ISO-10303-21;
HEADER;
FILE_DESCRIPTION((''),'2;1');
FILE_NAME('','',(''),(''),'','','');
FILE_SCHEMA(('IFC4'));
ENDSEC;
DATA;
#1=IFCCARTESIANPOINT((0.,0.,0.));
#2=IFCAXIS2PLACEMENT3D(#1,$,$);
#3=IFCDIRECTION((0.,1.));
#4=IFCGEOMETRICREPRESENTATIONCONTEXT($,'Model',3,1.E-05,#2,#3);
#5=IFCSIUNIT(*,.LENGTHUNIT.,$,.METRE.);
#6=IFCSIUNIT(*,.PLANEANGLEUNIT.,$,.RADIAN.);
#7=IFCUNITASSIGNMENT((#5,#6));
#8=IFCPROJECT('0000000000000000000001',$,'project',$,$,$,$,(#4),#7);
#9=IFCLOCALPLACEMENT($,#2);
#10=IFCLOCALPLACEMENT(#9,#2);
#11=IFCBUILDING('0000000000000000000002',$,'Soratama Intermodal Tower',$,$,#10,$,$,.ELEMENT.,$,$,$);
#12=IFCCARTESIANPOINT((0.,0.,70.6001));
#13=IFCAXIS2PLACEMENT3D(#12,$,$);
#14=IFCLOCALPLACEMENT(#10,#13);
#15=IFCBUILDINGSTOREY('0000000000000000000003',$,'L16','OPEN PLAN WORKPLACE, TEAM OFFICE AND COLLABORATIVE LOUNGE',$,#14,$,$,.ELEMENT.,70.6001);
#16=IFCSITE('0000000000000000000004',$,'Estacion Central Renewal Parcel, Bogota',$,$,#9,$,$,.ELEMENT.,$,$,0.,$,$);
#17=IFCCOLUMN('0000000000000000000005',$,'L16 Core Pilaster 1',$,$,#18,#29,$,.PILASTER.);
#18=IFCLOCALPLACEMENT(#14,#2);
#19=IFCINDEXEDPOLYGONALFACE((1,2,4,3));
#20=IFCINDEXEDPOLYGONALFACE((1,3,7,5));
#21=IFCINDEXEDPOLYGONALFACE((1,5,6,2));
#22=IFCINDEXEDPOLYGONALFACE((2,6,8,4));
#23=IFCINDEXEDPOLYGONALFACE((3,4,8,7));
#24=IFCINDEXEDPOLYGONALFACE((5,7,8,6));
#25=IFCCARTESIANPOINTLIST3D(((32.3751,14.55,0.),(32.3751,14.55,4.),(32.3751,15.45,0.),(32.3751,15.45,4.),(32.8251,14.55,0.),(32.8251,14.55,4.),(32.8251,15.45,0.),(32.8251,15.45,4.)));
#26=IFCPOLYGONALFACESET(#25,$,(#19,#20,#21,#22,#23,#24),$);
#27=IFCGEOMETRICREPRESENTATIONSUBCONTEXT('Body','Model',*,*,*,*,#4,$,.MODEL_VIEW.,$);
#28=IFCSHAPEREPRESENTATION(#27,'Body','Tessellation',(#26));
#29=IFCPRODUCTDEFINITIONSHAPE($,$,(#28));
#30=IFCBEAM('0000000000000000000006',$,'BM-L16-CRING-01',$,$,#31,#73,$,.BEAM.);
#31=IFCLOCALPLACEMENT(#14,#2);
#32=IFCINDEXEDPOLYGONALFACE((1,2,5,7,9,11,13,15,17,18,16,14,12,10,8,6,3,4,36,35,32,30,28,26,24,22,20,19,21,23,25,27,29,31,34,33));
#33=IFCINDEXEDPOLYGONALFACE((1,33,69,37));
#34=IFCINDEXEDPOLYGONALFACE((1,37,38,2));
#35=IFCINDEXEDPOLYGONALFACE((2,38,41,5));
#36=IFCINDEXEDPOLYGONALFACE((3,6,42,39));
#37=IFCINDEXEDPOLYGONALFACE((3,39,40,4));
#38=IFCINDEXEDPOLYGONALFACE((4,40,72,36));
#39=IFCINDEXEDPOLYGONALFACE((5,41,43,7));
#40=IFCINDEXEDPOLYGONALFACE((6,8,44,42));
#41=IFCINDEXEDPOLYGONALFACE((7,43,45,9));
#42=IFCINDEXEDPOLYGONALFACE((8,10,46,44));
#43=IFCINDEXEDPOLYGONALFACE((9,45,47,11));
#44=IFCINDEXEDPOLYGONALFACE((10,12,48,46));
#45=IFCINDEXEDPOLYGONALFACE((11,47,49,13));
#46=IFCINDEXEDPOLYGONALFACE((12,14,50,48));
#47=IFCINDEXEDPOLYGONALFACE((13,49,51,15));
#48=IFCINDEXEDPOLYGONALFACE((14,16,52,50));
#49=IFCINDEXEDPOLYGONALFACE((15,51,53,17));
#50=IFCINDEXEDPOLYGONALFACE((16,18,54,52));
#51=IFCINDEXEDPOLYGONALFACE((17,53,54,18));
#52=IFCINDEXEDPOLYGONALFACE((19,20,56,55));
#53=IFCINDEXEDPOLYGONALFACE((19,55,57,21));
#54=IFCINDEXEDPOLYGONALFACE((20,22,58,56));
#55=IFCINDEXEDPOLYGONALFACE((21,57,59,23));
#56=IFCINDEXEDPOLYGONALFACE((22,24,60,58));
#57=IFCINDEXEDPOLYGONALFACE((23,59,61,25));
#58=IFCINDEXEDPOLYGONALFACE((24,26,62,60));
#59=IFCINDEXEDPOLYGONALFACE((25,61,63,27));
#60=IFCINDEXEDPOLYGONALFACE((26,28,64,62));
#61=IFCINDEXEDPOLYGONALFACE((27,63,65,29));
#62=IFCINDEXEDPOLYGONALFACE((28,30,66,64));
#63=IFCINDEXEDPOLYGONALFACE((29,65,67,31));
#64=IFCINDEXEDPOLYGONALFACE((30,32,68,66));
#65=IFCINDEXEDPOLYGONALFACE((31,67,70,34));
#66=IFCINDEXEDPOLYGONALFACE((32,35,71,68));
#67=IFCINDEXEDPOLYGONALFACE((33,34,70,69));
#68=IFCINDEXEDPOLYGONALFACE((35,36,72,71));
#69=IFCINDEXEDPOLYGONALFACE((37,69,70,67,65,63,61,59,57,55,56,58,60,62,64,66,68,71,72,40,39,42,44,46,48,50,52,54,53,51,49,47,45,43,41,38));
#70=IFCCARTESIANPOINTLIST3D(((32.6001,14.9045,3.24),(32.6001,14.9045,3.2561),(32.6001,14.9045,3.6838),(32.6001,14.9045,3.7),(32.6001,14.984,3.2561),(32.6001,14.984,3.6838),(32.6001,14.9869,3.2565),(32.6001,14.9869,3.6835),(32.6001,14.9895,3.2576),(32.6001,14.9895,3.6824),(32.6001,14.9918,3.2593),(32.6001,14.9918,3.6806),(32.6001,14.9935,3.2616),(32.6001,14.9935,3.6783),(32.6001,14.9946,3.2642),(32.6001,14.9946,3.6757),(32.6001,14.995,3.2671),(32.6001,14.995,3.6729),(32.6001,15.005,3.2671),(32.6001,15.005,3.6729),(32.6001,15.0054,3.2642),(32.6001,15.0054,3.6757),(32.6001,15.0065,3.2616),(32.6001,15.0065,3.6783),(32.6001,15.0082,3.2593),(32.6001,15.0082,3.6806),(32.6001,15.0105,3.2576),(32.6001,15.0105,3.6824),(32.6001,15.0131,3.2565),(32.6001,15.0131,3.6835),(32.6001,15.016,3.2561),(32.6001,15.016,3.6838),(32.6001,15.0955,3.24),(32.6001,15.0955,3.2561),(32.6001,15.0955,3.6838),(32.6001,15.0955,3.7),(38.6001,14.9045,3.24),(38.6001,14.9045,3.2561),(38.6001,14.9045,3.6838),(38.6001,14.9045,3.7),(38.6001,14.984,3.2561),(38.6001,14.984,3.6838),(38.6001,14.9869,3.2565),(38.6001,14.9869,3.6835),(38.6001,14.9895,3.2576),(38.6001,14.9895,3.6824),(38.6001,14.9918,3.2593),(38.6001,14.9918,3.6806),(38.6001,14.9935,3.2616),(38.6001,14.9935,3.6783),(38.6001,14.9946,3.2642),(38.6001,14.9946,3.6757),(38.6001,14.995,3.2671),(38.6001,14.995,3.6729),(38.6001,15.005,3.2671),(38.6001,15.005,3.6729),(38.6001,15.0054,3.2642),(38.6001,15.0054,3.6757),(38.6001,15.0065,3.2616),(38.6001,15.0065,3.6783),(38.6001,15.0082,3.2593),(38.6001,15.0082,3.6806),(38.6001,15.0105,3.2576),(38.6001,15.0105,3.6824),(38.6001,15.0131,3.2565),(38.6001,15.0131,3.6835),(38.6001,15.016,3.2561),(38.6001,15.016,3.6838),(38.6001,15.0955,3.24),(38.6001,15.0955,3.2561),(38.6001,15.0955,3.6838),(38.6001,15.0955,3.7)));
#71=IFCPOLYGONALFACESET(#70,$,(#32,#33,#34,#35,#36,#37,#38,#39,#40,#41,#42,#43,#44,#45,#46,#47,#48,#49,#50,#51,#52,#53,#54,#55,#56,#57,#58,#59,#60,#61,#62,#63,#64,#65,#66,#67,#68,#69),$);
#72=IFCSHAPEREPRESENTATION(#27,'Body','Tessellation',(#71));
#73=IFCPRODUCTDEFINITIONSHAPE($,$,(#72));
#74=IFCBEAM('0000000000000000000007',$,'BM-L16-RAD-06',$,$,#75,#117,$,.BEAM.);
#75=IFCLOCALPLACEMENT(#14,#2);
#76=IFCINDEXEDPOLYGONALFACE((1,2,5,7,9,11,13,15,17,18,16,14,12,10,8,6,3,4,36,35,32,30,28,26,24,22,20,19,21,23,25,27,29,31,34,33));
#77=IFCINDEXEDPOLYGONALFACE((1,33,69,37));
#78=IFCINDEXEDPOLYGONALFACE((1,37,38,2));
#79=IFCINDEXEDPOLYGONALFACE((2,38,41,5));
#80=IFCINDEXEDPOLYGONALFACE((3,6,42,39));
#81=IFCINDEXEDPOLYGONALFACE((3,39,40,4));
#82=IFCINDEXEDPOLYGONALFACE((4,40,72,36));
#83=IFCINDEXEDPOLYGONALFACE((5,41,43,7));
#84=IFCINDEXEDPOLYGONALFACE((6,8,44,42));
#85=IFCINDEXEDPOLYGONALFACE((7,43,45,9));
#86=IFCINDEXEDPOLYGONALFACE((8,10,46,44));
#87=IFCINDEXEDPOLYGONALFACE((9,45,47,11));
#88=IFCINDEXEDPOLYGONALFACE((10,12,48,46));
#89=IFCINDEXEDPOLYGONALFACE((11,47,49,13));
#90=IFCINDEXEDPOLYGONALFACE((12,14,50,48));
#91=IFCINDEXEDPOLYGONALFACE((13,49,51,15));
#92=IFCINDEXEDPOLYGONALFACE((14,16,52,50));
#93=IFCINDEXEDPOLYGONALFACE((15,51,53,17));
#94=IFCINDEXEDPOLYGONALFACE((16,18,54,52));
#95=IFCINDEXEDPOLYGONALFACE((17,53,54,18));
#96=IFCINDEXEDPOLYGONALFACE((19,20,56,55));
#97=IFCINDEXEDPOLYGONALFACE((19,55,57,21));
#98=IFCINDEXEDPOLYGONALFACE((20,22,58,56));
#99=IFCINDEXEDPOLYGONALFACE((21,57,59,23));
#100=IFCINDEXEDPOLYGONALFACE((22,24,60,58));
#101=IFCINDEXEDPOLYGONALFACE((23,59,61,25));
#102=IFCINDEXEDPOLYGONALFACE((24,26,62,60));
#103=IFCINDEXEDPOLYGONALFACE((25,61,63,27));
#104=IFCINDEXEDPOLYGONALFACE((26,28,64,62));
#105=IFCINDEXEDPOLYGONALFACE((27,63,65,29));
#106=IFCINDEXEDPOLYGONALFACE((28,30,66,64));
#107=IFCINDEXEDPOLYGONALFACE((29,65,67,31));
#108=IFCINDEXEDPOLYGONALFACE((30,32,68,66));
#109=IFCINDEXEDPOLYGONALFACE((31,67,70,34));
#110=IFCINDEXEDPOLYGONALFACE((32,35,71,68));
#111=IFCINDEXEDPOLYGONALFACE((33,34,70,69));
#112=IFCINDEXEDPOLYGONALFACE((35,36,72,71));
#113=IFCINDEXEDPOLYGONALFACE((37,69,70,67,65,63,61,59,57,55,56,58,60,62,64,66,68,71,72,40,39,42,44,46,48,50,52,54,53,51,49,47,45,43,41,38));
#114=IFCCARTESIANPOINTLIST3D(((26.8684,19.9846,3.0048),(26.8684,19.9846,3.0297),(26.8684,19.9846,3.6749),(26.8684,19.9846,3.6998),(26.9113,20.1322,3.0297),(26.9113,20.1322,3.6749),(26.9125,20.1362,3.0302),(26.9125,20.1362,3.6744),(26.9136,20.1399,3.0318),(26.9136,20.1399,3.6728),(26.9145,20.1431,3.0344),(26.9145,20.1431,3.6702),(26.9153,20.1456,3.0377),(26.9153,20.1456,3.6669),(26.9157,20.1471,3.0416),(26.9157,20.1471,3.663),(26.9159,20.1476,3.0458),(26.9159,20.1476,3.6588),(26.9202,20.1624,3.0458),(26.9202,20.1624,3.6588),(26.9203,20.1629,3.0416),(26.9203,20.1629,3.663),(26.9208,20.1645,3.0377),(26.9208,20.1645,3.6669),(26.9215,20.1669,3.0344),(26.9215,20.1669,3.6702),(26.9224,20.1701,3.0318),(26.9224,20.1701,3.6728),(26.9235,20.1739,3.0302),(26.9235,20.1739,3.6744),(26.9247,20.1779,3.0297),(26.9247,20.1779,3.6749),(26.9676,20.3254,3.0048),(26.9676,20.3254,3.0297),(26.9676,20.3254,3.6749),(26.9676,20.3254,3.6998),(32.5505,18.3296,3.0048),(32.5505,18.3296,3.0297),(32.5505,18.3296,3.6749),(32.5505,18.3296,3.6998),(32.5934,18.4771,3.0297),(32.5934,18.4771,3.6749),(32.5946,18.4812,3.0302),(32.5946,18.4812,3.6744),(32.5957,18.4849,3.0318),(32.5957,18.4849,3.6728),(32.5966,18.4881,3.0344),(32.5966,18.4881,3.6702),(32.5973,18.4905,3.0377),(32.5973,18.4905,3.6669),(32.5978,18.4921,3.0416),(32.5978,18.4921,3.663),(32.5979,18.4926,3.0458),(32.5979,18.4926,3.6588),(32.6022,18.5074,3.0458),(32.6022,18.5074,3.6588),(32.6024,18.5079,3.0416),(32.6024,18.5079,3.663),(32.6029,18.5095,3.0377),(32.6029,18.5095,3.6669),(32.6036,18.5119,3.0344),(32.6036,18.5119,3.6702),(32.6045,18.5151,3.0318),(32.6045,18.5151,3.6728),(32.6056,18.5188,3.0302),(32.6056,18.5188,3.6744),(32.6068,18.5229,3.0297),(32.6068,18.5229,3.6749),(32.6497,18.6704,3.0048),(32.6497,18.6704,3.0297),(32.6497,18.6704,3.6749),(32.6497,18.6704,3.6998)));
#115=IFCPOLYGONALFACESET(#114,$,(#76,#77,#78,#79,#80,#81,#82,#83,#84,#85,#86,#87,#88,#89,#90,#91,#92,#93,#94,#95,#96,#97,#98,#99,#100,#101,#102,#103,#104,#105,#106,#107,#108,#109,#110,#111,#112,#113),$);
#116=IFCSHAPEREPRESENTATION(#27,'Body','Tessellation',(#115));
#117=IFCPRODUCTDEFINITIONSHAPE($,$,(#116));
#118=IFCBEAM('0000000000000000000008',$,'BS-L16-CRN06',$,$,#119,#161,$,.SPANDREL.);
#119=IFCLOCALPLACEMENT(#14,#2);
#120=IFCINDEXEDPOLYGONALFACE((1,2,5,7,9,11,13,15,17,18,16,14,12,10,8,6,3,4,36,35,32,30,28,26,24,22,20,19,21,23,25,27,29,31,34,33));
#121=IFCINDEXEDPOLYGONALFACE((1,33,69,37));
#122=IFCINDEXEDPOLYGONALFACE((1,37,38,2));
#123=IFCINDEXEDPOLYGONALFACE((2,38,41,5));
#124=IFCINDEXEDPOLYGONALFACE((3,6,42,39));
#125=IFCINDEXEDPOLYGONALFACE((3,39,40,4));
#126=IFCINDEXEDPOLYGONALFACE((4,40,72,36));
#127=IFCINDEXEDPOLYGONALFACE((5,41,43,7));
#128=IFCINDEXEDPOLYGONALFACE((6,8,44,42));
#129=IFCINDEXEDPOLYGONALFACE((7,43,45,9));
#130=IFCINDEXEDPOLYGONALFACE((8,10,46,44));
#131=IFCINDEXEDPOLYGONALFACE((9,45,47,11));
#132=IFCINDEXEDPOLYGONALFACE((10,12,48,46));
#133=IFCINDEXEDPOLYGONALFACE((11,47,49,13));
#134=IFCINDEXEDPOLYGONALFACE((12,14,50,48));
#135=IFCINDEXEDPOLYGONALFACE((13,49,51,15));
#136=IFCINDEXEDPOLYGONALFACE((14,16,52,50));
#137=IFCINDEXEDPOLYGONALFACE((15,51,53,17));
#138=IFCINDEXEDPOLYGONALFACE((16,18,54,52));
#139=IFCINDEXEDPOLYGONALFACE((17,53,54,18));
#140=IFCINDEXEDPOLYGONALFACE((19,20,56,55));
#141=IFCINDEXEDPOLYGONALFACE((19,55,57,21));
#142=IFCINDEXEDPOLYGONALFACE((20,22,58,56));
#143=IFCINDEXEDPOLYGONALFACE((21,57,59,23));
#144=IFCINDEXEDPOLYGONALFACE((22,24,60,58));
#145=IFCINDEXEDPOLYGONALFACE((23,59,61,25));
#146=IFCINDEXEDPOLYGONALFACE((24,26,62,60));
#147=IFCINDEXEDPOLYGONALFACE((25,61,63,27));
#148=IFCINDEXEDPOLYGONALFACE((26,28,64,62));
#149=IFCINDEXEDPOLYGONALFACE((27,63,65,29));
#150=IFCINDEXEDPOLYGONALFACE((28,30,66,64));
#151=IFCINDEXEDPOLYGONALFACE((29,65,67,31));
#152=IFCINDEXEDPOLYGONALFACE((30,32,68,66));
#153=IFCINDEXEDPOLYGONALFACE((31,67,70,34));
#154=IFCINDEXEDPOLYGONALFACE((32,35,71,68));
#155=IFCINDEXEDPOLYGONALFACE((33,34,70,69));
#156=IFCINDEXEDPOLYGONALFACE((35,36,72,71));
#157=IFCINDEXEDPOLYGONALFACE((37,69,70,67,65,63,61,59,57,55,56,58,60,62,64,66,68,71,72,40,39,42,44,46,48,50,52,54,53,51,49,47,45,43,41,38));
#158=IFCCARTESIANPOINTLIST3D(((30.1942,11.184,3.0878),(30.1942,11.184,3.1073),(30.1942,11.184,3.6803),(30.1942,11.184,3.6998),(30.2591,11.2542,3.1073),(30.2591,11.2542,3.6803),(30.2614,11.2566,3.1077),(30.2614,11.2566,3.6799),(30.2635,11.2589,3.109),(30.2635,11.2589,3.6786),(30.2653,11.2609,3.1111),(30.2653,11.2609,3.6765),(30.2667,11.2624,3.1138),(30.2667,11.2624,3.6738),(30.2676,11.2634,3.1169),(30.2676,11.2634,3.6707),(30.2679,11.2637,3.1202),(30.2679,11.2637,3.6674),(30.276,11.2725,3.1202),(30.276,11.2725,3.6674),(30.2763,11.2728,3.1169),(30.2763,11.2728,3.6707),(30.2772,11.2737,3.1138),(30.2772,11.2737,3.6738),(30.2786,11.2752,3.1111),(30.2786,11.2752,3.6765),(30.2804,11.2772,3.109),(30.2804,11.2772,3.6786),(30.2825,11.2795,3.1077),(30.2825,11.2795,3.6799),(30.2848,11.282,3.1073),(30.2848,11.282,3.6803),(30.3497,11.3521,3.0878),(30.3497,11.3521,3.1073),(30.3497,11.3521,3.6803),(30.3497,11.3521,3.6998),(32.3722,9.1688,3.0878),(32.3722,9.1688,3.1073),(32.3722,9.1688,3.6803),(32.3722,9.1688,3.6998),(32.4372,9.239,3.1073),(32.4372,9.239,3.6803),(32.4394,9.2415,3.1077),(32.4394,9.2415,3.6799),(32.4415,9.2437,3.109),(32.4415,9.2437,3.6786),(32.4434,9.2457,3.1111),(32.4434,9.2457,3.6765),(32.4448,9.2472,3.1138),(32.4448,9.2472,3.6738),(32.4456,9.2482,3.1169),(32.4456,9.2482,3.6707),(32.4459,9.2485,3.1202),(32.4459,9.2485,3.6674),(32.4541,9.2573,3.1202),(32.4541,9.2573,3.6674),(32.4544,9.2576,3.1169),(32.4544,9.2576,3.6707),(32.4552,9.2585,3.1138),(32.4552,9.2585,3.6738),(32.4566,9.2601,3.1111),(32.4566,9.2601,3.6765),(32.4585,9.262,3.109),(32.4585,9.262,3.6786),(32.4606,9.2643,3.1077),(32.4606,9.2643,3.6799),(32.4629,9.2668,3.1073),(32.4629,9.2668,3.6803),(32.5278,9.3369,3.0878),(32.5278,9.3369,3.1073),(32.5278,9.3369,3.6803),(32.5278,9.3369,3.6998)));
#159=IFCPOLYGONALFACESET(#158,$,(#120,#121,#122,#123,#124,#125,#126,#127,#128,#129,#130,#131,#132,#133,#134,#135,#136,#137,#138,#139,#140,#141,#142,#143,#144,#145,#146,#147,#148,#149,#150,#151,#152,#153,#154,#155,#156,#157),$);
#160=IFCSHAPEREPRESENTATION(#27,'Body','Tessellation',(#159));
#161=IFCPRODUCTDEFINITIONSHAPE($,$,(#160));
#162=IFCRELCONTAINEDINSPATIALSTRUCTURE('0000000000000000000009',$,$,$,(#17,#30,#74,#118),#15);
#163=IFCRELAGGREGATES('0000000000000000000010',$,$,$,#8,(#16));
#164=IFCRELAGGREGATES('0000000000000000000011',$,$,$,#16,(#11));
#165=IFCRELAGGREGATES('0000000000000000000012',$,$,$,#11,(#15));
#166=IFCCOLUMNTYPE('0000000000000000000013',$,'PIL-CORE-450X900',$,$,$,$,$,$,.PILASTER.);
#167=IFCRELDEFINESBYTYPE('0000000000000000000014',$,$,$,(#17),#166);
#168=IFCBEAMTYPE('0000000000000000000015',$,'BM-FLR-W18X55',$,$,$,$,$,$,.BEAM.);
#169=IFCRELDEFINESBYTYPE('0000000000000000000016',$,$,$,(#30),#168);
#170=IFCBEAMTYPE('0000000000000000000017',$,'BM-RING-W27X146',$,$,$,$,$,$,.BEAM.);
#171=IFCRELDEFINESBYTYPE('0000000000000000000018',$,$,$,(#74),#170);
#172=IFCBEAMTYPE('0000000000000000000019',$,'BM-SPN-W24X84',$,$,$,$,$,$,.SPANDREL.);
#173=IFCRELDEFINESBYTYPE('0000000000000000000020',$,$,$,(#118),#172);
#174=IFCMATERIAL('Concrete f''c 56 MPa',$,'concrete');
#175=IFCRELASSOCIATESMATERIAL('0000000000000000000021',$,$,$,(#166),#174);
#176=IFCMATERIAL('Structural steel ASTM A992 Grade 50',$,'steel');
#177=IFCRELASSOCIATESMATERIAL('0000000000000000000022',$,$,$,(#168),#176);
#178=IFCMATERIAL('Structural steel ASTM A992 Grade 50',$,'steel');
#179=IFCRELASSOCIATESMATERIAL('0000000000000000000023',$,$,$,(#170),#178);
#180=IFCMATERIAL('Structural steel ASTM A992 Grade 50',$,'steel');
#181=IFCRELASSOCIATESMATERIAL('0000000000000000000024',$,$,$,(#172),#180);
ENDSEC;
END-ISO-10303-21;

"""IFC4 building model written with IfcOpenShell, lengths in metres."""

from ifc_helpers import new_model, si_unit, direction, frame, origin, origin_2d, place, context, subcontext, project, spatial, rectangle, i_section, extrude, material, material_profile, profile_set, type_object, element, save


model = new_model("IFC4")

# Units and contexts
model_context = context("Model", 3, precision=1e-05, world=origin(), true_north=direction((0.0, 1.0)))
body_context = subcontext(model_context, "Body", "Model", "MODEL_VIEW")
ifc_project = project(units=[si_unit("LENGTHUNIT", "METRE"), si_unit("PLANEANGLEUNIT", "RADIAN")], contexts=[model_context])

# Site, building, storey
site_placement = place(None, origin())
site = spatial("IfcSite", under=ifc_project, at=site_placement, Name="Estacion Central Renewal Parcel, Bogota", CompositionType="ELEMENT", RefElevation=0.0)
building_placement = place(site_placement, origin())
building = spatial("IfcBuilding", under=site, at=building_placement, Name="Soratama Intermodal Tower", CompositionType="ELEMENT")
storey_placement = place(building_placement, frame((0.0, 0.0, 70.6001)))
storey = spatial("IfcBuildingStorey", under=building, at=storey_placement, Name="L16", Description="OPEN PLAN WORKPLACE, TEAM OFFICE AND COLLABORATIVE LOUNGE", CompositionType="ELEMENT", Elevation=70.6001)

# Column
ifc_material_1 = material(Name="Concrete f'c 56 MPa", Category="concrete")
ifc_material_profile_1 = material_profile(ifc_material_1, rectangle(XDim=0.45, YDim=0.8999, at=origin_2d()), Name="RC450X900")
ifc_profile_set_1 = profile_set([ifc_material_profile_1], Name="Concrete f'c 56 MPa")
column_type = type_object("IfcColumnType", Name="PIL-CORE-450X900", PredefinedType="PILASTER", material=ifc_profile_set_1)
column_placement = place(storey_placement, frame((32.6001, 15.0, 0.0), z_axis=(0.0, 0.0, 1.0), x_axis=(1.0, 0.0, 0.0)))
element("IfcColumn", 1, at=column_placement, inside=storey, type_object=column_type, Name="L16 Core Pilaster 1", PredefinedType="PILASTER", context=body_context, shape_type="SweptSolid", body=[
    extrude(rectangle(XDim=0.45, YDim=0.8999, at=origin_2d()), origin(), (0.0, 0.0, 1.0), 4.0),
])

# Beams
ifc_material_2 = material(Name="Structural steel ASTM A992 Grade 50", Category="steel")
ifc_material_profile_2 = material_profile(ifc_material_2, i_section(OverallWidth=0.1909, OverallDepth=0.46, WebThickness=0.01, FlangeThickness=0.0161, FilletRadius=0.011, at=origin_2d()), Name="W18X55")
ifc_profile_set_2 = profile_set([ifc_material_profile_2], Name="Structural steel ASTM A992 Grade 50")
beam_type_1 = type_object("IfcBeamType", Name="BM-FLR-W18X55", PredefinedType="BEAM", material=ifc_profile_set_2)
beam_1_placement = place(storey_placement, frame((32.6001, 15.0, 3.47), z_axis=(1.0, 0.0, 0.0), x_axis=(0.0, 1.0, 0.0)))
element("IfcBeam", 2, at=beam_1_placement, inside=storey, type_object=beam_type_1, Name="BM-L16-CRING-01", PredefinedType="BEAM", context=body_context, shape_type="SweptSolid", body=[
    extrude(i_section(OverallWidth=0.1909, OverallDepth=0.46, WebThickness=0.01, FlangeThickness=0.0161, FilletRadius=0.011, at=origin_2d()), origin(), (0.0, 0.0, 1.0), 6.0),
])
ifc_material_3 = material(Name="Structural steel ASTM A992 Grade 50", Category="steel")
ifc_material_profile_3 = material_profile(ifc_material_3, i_section(OverallWidth=0.355, OverallDepth=0.6951, WebThickness=0.0154, FlangeThickness=0.0249, FilletRadius=0.0161, at=origin_2d()), Name="W27X146")
ifc_profile_set_3 = profile_set([ifc_material_profile_3], Name="Structural steel ASTM A992 Grade 50")
beam_type_2 = type_object("IfcBeamType", Name="BM-RING-W27X146", PredefinedType="BEAM", material=ifc_profile_set_3)
beam_2_placement = place(storey_placement, frame((32.6001, 18.5, 3.3523), z_axis=(-0.960103, 0.279648, 0.0), x_axis=(-0.279648, -0.960103, 0.0)))
element("IfcBeam", 3, at=beam_2_placement, inside=storey, type_object=beam_type_2, Name="BM-L16-RAD-06", PredefinedType="BEAM", context=body_context, shape_type="SweptSolid", body=[
    extrude(i_section(OverallWidth=0.355, OverallDepth=0.6951, WebThickness=0.0154, FlangeThickness=0.0249, FilletRadius=0.0161, at=origin_2d()), origin(), (0.0, 0.0, 1.0), 5.9182),
])
ifc_material_4 = material(Name="Structural steel ASTM A992 Grade 50", Category="steel")
ifc_material_profile_4 = material_profile(ifc_material_4, i_section(OverallWidth=0.229, OverallDepth=0.6121, WebThickness=0.012, FlangeThickness=0.0195, FilletRadius=0.0129, at=origin_2d()), Name="W24X84")
ifc_profile_set_4 = profile_set([ifc_material_profile_4], Name="Structural steel ASTM A992 Grade 50")
beam_type_3 = type_object("IfcBeamType", Name="BM-SPN-W24X84", PredefinedType="SPANDREL", material=ifc_profile_set_4)
beam_3_placement = place(storey_placement, frame((30.272, 11.2681, 3.3938), z_axis=(0.734014, -0.679134, 0.0), x_axis=(0.679134, 0.734014, 0.0)))
element("IfcBeam", 4, at=beam_3_placement, inside=storey, type_object=beam_type_3, Name="BS-L16-CRN06", PredefinedType="SPANDREL", context=body_context, shape_type="SweptSolid", body=[
    extrude(i_section(OverallWidth=0.229, OverallDepth=0.6121, WebThickness=0.012, FlangeThickness=0.0195, FilletRadius=0.0129, at=origin_2d()), origin(), (0.0, 0.0, 1.0), 2.9673),
])

save(model, "model.ifc")
